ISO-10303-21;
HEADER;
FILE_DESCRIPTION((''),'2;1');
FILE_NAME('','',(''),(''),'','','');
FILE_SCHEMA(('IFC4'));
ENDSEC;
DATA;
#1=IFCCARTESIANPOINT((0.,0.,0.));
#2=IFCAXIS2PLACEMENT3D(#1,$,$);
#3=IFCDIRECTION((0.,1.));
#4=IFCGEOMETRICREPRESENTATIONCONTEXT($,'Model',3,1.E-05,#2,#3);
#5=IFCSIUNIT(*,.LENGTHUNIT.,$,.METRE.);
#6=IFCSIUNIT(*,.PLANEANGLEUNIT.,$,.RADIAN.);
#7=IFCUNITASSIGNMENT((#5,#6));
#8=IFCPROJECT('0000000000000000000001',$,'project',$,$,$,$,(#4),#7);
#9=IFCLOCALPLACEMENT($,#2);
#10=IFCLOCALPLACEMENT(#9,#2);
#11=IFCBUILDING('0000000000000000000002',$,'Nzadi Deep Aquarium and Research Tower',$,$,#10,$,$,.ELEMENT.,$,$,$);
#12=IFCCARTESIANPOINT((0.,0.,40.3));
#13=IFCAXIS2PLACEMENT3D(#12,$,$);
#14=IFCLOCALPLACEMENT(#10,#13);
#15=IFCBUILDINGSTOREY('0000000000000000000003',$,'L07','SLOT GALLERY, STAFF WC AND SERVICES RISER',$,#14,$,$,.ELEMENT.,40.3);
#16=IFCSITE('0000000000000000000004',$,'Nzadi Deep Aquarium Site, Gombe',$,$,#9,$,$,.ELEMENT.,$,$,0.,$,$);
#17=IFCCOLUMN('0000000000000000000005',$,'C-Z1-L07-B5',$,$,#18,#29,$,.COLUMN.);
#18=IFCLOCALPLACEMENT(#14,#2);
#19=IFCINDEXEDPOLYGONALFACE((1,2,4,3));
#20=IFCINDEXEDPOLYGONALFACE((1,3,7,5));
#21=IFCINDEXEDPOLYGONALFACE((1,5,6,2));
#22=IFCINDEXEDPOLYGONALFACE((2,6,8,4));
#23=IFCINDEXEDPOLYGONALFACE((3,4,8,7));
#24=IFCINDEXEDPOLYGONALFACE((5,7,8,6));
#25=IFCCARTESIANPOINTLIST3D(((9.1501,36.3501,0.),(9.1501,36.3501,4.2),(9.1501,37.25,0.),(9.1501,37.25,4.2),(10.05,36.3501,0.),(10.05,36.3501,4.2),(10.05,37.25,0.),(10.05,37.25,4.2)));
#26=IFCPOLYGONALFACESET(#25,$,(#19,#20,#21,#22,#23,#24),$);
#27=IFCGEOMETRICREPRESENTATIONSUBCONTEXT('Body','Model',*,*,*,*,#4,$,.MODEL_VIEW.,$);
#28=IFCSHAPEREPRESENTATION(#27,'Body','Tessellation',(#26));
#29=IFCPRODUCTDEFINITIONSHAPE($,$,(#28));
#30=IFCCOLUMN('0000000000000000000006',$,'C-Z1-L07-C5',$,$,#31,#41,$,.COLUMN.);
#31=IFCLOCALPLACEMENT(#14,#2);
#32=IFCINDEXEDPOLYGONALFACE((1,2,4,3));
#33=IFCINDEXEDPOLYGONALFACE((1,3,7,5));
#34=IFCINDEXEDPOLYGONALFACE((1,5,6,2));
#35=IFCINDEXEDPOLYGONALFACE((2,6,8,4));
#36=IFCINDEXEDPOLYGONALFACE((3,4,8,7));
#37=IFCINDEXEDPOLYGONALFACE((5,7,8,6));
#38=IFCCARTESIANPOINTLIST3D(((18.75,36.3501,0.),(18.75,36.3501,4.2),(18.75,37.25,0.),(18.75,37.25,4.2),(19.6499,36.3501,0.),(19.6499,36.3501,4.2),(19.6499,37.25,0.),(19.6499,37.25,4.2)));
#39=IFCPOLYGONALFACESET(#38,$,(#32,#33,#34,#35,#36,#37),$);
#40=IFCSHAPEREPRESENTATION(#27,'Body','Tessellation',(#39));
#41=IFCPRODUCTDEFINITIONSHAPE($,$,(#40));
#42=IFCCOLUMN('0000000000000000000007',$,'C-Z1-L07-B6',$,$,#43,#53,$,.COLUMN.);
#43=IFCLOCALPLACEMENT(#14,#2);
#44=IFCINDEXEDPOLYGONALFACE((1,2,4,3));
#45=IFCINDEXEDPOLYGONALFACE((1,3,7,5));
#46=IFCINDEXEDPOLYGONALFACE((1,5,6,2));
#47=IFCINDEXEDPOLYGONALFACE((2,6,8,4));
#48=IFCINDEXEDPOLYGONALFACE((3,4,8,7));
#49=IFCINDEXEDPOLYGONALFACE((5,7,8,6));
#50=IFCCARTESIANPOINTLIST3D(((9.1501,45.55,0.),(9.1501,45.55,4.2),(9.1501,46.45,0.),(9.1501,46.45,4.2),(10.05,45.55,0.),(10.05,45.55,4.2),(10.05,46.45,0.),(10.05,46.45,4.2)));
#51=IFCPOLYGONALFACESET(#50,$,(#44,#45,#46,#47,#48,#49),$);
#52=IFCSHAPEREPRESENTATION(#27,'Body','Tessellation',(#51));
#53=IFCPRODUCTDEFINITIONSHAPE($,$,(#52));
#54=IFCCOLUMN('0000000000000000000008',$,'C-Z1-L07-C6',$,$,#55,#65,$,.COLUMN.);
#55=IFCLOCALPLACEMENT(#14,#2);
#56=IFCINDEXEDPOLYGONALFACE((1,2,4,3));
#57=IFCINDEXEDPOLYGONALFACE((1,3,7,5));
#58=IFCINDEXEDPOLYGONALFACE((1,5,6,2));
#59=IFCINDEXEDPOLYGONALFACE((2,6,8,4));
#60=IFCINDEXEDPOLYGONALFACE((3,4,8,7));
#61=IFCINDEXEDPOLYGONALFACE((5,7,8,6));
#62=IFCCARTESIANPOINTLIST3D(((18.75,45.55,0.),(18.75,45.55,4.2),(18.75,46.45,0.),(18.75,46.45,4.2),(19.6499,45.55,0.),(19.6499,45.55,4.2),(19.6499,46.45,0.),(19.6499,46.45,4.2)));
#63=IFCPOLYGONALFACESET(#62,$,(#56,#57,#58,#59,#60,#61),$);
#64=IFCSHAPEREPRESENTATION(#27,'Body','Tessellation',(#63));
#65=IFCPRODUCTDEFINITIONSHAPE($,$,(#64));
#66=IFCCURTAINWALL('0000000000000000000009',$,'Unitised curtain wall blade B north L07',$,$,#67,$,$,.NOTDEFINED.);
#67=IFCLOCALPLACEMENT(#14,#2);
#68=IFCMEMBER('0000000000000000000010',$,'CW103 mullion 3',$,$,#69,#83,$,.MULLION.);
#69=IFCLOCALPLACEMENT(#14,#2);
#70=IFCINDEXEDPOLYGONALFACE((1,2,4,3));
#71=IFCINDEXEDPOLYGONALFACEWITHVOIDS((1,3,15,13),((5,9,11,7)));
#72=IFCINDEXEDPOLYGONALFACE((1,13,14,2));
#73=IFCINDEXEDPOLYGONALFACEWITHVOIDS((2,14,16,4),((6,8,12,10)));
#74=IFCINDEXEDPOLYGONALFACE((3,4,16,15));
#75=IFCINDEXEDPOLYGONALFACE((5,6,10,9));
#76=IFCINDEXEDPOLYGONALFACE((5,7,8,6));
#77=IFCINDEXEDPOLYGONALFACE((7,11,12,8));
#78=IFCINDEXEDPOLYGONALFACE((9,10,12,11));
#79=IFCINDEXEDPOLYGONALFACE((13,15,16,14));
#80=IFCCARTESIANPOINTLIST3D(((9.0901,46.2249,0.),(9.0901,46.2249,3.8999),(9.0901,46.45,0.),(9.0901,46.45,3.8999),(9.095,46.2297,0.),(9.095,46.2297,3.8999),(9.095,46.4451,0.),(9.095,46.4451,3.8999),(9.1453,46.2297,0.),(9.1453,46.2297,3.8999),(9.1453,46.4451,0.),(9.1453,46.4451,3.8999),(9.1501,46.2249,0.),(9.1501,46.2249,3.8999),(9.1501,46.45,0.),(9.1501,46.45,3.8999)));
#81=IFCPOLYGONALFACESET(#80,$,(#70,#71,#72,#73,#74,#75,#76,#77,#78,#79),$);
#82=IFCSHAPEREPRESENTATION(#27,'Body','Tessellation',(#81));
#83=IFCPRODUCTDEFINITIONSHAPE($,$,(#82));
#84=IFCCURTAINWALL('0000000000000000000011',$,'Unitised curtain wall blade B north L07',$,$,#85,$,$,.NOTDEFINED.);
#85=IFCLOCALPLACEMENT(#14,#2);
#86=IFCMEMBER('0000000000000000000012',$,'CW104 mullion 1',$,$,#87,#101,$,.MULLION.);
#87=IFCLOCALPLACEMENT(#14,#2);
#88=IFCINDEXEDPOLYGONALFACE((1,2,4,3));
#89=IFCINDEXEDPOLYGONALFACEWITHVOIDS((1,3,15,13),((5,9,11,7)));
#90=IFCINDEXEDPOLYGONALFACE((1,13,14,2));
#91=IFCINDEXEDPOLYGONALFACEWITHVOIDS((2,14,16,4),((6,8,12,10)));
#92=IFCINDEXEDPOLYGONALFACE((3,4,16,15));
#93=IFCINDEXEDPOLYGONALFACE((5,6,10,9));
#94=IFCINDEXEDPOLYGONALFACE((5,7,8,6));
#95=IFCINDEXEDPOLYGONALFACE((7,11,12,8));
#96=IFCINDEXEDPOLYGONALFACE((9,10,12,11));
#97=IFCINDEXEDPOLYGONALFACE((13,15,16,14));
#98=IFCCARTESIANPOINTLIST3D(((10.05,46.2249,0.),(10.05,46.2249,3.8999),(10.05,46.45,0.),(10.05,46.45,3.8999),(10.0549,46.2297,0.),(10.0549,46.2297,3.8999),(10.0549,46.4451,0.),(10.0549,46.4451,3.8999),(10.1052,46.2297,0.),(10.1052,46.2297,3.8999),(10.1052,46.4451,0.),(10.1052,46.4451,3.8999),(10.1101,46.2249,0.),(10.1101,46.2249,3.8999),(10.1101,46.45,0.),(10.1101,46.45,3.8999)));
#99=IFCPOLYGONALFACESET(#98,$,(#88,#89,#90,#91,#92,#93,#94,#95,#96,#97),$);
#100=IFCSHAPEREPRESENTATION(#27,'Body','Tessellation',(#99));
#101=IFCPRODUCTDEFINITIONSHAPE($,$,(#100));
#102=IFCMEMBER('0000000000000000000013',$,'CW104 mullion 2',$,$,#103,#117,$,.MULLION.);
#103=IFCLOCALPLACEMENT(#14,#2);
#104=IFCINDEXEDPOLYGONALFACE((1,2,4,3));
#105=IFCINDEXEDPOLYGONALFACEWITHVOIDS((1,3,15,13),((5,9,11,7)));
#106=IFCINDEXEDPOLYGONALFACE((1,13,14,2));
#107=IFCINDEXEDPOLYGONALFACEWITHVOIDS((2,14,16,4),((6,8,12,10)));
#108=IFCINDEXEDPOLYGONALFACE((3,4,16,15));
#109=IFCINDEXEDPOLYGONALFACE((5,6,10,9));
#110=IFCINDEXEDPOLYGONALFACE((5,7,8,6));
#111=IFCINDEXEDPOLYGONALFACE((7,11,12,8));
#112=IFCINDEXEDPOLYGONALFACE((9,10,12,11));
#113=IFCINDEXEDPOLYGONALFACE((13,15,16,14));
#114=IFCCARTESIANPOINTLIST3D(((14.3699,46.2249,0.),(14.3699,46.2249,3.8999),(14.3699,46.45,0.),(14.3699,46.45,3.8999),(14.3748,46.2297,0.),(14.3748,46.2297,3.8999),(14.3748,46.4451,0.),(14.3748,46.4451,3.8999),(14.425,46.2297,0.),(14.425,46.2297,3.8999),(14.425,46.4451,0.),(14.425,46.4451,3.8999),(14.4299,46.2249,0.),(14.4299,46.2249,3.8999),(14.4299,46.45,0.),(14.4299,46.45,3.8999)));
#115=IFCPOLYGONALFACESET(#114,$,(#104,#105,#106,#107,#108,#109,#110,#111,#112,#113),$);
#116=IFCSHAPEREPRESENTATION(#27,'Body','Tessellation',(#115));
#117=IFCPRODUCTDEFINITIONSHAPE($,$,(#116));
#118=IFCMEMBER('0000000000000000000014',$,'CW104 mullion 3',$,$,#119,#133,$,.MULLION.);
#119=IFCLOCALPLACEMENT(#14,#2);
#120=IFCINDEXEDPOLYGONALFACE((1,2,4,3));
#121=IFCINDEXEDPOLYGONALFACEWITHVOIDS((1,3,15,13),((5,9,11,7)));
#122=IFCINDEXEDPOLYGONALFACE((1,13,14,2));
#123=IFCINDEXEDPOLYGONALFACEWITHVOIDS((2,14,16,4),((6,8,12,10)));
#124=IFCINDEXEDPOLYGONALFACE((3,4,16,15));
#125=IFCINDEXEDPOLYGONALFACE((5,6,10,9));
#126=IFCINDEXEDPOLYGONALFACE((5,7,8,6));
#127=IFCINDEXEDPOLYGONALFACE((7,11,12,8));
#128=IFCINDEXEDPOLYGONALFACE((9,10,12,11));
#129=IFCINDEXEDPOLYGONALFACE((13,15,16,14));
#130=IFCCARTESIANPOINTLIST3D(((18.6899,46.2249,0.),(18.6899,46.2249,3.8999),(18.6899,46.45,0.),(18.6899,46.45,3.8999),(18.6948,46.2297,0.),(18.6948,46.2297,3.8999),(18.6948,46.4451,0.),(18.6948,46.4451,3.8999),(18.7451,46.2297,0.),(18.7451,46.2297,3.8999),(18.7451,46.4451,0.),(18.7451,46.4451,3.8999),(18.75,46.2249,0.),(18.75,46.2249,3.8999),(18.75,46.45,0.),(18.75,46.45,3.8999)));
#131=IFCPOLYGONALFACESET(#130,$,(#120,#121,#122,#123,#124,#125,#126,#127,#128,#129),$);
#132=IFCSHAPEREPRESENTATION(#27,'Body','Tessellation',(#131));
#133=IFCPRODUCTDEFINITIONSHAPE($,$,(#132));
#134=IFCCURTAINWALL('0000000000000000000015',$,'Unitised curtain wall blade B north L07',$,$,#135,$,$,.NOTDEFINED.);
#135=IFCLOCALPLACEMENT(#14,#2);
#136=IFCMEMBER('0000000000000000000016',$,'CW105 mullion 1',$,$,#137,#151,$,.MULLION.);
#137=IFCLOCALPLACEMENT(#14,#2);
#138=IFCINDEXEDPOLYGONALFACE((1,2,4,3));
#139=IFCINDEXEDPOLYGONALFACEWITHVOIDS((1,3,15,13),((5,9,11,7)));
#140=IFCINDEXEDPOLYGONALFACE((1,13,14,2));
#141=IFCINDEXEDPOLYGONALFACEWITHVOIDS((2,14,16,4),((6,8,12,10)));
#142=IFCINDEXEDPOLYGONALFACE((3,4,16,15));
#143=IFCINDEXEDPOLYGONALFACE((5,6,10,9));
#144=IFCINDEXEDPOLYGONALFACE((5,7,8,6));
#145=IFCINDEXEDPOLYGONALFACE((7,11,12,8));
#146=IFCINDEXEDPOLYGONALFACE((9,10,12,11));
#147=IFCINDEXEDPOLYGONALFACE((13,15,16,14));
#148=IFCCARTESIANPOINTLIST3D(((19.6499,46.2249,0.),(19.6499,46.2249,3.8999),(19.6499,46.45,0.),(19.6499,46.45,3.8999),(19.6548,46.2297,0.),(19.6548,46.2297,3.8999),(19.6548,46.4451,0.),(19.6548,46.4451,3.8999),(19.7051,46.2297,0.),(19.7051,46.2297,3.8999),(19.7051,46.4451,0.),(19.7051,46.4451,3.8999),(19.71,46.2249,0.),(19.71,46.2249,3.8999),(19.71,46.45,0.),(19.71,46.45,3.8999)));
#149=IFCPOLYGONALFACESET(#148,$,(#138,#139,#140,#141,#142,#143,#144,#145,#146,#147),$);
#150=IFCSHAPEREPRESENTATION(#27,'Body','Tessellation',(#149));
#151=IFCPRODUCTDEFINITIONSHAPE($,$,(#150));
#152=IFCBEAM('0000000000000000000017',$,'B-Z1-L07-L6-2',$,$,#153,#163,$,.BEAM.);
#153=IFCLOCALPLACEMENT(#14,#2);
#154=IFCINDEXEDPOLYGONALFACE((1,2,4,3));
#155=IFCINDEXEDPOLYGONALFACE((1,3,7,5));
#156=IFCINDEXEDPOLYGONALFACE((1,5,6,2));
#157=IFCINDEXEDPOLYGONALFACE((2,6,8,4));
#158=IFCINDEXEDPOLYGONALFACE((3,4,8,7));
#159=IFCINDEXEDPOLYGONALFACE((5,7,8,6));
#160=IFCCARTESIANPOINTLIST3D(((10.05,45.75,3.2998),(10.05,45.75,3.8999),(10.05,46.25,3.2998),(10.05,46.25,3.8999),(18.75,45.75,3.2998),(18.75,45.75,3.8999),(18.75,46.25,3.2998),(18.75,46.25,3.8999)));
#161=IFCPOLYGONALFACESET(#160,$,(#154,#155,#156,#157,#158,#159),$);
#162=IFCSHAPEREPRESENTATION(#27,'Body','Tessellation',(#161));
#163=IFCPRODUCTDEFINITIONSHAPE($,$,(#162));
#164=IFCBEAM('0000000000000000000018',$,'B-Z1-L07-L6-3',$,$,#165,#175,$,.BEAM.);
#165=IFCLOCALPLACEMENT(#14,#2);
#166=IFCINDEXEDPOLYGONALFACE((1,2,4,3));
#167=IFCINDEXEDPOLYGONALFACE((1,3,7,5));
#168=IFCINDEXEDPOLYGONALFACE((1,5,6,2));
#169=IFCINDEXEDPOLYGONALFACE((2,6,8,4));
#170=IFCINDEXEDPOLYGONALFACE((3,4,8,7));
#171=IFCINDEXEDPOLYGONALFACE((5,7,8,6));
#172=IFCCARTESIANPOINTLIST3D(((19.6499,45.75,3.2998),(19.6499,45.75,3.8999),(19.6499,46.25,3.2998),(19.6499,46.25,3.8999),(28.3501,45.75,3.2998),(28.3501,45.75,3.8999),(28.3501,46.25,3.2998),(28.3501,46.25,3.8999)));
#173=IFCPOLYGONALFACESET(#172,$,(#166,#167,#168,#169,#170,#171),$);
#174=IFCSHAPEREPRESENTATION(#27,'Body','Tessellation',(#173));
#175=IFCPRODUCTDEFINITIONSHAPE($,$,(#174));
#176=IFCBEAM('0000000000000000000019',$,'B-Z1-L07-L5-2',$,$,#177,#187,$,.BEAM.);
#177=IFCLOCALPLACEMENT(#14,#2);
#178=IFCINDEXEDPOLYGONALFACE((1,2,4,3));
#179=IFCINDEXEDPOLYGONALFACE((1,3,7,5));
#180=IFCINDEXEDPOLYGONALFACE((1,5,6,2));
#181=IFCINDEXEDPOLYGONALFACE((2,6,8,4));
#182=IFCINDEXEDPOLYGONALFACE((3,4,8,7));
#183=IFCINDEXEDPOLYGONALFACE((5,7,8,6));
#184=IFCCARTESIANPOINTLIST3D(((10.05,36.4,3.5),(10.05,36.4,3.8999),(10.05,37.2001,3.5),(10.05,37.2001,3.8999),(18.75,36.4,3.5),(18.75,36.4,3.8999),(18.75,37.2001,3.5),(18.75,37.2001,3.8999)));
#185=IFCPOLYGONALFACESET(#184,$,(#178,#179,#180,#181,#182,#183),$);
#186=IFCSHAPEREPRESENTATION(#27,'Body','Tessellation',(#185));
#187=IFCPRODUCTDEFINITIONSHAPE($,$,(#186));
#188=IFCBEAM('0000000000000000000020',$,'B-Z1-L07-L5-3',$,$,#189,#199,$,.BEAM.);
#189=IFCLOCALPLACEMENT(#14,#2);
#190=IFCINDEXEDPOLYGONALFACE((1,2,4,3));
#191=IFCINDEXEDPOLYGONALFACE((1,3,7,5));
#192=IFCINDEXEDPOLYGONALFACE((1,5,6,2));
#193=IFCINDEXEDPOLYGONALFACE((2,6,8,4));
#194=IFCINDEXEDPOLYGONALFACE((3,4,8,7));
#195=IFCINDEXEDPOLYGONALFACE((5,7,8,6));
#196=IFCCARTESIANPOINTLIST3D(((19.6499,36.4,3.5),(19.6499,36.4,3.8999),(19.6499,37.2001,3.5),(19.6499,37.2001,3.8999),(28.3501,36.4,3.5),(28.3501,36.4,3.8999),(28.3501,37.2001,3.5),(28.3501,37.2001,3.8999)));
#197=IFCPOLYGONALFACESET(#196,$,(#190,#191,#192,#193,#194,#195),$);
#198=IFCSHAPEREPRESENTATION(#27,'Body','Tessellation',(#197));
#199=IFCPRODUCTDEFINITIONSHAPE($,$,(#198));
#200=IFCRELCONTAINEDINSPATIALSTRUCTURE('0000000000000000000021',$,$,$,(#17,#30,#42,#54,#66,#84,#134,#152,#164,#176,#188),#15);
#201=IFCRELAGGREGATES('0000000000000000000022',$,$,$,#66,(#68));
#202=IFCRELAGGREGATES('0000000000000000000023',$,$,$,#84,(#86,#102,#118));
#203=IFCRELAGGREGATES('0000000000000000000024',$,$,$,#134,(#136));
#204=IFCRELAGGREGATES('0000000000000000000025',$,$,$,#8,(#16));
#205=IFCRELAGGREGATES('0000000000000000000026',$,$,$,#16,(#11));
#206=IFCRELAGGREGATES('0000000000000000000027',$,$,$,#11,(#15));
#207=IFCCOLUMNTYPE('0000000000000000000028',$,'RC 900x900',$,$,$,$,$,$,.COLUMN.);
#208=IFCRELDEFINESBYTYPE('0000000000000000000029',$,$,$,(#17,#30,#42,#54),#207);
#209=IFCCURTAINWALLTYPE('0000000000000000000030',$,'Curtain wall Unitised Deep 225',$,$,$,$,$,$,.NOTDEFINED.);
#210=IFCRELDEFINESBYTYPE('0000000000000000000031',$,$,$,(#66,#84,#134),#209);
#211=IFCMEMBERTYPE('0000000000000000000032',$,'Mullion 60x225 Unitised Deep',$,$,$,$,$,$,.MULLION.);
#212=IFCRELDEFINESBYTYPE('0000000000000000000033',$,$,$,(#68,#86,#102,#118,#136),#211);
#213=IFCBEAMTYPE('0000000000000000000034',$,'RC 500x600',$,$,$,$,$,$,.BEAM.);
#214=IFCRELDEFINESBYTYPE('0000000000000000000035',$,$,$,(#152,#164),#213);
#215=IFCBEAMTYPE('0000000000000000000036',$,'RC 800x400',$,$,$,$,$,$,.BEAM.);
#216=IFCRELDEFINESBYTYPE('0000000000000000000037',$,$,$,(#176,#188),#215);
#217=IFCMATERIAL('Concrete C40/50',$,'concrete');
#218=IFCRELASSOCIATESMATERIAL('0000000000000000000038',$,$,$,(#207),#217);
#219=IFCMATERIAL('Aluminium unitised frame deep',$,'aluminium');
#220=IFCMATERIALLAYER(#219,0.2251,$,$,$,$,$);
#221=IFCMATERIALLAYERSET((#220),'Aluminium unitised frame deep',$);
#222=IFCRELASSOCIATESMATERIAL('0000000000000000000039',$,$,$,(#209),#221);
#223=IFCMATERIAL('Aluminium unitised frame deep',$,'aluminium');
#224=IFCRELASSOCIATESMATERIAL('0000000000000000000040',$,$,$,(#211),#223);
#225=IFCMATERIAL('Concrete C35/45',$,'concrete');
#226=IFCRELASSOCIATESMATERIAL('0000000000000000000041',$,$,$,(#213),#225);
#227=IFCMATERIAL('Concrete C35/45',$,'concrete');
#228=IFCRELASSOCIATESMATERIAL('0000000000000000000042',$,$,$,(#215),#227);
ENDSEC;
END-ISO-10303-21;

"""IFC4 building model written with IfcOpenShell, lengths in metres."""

from ifc_helpers import new_model, si_unit, direction, frame, origin, origin_2d, place, context, subcontext, project, spatial, rectangle, hollow_rectangle, extrude, material, layer, layer_set, material_profile, profile_set, type_object, element, aggregate, save


model = new_model("IFC4")

# Units and contexts
model_context = context("Model", 3, precision=1e-05, world=origin(), true_north=direction((0.0, 1.0)))
body_context = subcontext(model_context, "Body", "Model", "MODEL_VIEW")
ifc_project = project(units=[si_unit("LENGTHUNIT", "METRE"), si_unit("PLANEANGLEUNIT", "RADIAN")], contexts=[model_context])

# Site, building, storey
site_placement = place(None, origin())
site = spatial("IfcSite", under=ifc_project, at=site_placement, Name="Nzadi Deep Aquarium Site, Gombe", CompositionType="ELEMENT", RefElevation=0.0)
building_placement = place(site_placement, origin())
building = spatial("IfcBuilding", under=site, at=building_placement, Name="Nzadi Deep Aquarium and Research Tower", CompositionType="ELEMENT")
storey_placement = place(building_placement, frame((0.0, 0.0, 40.3)))
storey = spatial("IfcBuildingStorey", under=building, at=storey_placement, Name="L07", Description="SLOT GALLERY, STAFF WC AND SERVICES RISER", CompositionType="ELEMENT", Elevation=40.3)

# Columns
ifc_material_1 = material(Name="Concrete C40/50", Category="concrete")
ifc_material_profile_1 = material_profile(ifc_material_1, rectangle(XDim=0.8999, YDim=0.8999, at=origin_2d()))
ifc_profile_set_1 = profile_set([ifc_material_profile_1], Name="Concrete C40/50")
column_type = type_object("IfcColumnType", Name="RC 900x900", PredefinedType="COLUMN", material=ifc_profile_set_1)
for number, where, z_axis, x_axis, name in (
    (1, (9.6001, 36.8, 0.0), (0.0, 0.0, 1.0), (1.0, 0.0, 0.0), "C-Z1-L07-B5"),
    (2, (19.2, 36.8, 0.0), (0.0, 0.0, 1.0), (1.0, 0.0, 0.0), "C-Z1-L07-C5"),
    (3, (9.6001, 46.0, 0.0), (0.0, 0.0, 1.0), (1.0, 0.0, 0.0), "C-Z1-L07-B6"),
    (4, (19.2, 46.0, 0.0), (0.0, 0.0, 1.0), (1.0, 0.0, 0.0), "C-Z1-L07-C6"),
):
    element("IfcColumn", number, at=place(storey_placement, frame(where, z_axis=z_axis, x_axis=x_axis)), inside=storey, type_object=column_type, Name=name, PredefinedType="COLUMN", context=body_context, shape_type="SweptSolid", body=[
        extrude(rectangle(XDim=0.8999, YDim=0.8999, at=origin_2d()), origin(), (0.0, 0.0, 1.0), 4.2),
    ])

# Curtain wall, member
ifc_material_2 = material(Name="Aluminium unitised frame deep", Category="aluminium")
ifc_layer_1 = layer(ifc_material_2, 0.2251)
ifc_layer_set_1 = layer_set([ifc_layer_1], Name="Aluminium unitised frame deep")
curtain_wall_type = type_object("IfcCurtainWallType", Name="Curtain wall Unitised Deep 225", PredefinedType="NOTDEFINED", material=ifc_layer_set_1)
curtain_wall_1_placement = place(storey_placement, origin())
curtain_wall_1 = element("IfcCurtainWall", 5, at=curtain_wall_1_placement, inside=storey, type_object=curtain_wall_type, Name="Unitised curtain wall blade B north L07", PredefinedType="NOTDEFINED")
ifc_material_3 = material(Name="Aluminium unitised frame deep", Category="aluminium")
ifc_material_profile_2 = material_profile(ifc_material_3, hollow_rectangle(XDim=0.2251, YDim=0.0601, WallThickness=0.0049, at=origin_2d()))
ifc_profile_set_2 = profile_set([ifc_material_profile_2], Name="Aluminium unitised frame deep")
member_type_1 = type_object("IfcMemberType", Name="Mullion 60x225 Unitised Deep", PredefinedType="MULLION", material=ifc_profile_set_2)
member_1_placement = place(storey_placement, frame((9.1201, 46.3374, 0.0), z_axis=(0.0, 0.0, 1.0), x_axis=(0.0, 1.0, 0.0)))
member_1 = element("IfcMember", 6, at=member_1_placement, type_object=member_type_1, Name="CW103 mullion 3", PredefinedType="MULLION", context=body_context, shape_type="SweptSolid", body=[
    extrude(hollow_rectangle(XDim=0.2251, YDim=0.0601, WallThickness=0.0049, at=origin_2d()), origin(), (0.0, 0.0, 1.0), 3.8999),
])
aggregate(curtain_wall_1, [member_1])

# Curtain wall, members
curtain_wall_2_placement = place(storey_placement, origin())
curtain_wall_2 = element("IfcCurtainWall", 7, at=curtain_wall_2_placement, inside=storey, type_object=curtain_wall_type, Name="Unitised curtain wall blade B north L07", PredefinedType="NOTDEFINED")
member_2_placement = place(storey_placement, frame((10.0801, 46.3374, 0.0), z_axis=(0.0, 0.0, 1.0), x_axis=(0.0, 1.0, 0.0)))
member_2 = element("IfcMember", 8, at=member_2_placement, type_object=member_type_1, Name="CW104 mullion 1", PredefinedType="MULLION", context=body_context, shape_type="SweptSolid", body=[
    extrude(hollow_rectangle(XDim=0.2251, YDim=0.0601, WallThickness=0.0049, at=origin_2d()), origin(), (0.0, 0.0, 1.0), 3.8999),
])
member_3_placement = place(storey_placement, frame((14.3999, 46.3374, 0.0), z_axis=(0.0, 0.0, 1.0), x_axis=(0.0, 1.0, 0.0)))
member_3 = element("IfcMember", 9, at=member_3_placement, type_object=member_type_1, Name="CW104 mullion 2", PredefinedType="MULLION", context=body_context, shape_type="SweptSolid", body=[
    extrude(hollow_rectangle(XDim=0.2251, YDim=0.0601, WallThickness=0.0049, at=origin_2d()), origin(), (0.0, 0.0, 1.0), 3.8999),
])
member_4_placement = place(storey_placement, frame((18.72, 46.3374, 0.0), z_axis=(0.0, 0.0, 1.0), x_axis=(0.0, 1.0, 0.0)))
member_4 = element("IfcMember", 10, at=member_4_placement, type_object=member_type_1, Name="CW104 mullion 3", PredefinedType="MULLION", context=body_context, shape_type="SweptSolid", body=[
    extrude(hollow_rectangle(XDim=0.2251, YDim=0.0601, WallThickness=0.0049, at=origin_2d()), origin(), (0.0, 0.0, 1.0), 3.8999),
])

# Curtain wall, member
curtain_wall_3_placement = place(storey_placement, origin())
curtain_wall_3 = element("IfcCurtainWall", 11, at=curtain_wall_3_placement, inside=storey, type_object=curtain_wall_type, Name="Unitised curtain wall blade B north L07", PredefinedType="NOTDEFINED")
member_5_placement = place(storey_placement, frame((19.6799, 46.3374, 0.0), z_axis=(0.0, 0.0, 1.0), x_axis=(0.0, 1.0, 0.0)))
member_5 = element("IfcMember", 12, at=member_5_placement, type_object=member_type_1, Name="CW105 mullion 1", PredefinedType="MULLION", context=body_context, shape_type="SweptSolid", body=[
    extrude(hollow_rectangle(XDim=0.2251, YDim=0.0601, WallThickness=0.0049, at=origin_2d()), origin(), (0.0, 0.0, 1.0), 3.8999),
])

# Beams
ifc_material_4 = material(Name="Concrete C35/45", Category="concrete")
ifc_material_profile_3 = material_profile(ifc_material_4, rectangle(XDim=0.5, YDim=0.6001, at=origin_2d()))
ifc_profile_set_3 = profile_set([ifc_material_profile_3], Name="Concrete C35/45")
beam_type_1 = type_object("IfcBeamType", Name="RC 500x600", PredefinedType="BEAM", material=ifc_profile_set_3)
beam_1_placement = place(storey_placement, frame((10.05, 46.0, 3.5999), z_axis=(1.0, 0.0, 0.0), x_axis=(0.0, 1.0, 0.0)))
element("IfcBeam", 13, at=beam_1_placement, inside=storey, type_object=beam_type_1, Name="B-Z1-L07-L6-2", PredefinedType="BEAM", context=body_context, shape_type="SweptSolid", body=[
    extrude(rectangle(XDim=0.5, YDim=0.6001, at=origin_2d()), origin(), (0.0, 0.0, 1.0), 8.7),
])
beam_2_placement = place(storey_placement, frame((19.6499, 46.0, 3.5999), z_axis=(1.0, 0.0, 0.0), x_axis=(0.0, 1.0, 0.0)))
element("IfcBeam", 14, at=beam_2_placement, inside=storey, type_object=beam_type_1, Name="B-Z1-L07-L6-3", PredefinedType="BEAM", context=body_context, shape_type="SweptSolid", body=[
    extrude(rectangle(XDim=0.5, YDim=0.6001, at=origin_2d()), origin(), (0.0, 0.0, 1.0), 8.7002),
])
ifc_material_5 = material(Name="Concrete C35/45", Category="concrete")
ifc_material_profile_4 = material_profile(ifc_material_5, rectangle(XDim=0.8, YDim=0.3999, at=origin_2d()))
ifc_profile_set_4 = profile_set([ifc_material_profile_4], Name="Concrete C35/45")
beam_type_2 = type_object("IfcBeamType", Name="RC 800x400", PredefinedType="BEAM", material=ifc_profile_set_4)
beam_3_placement = place(storey_placement, frame((10.05, 36.8, 3.7), z_axis=(1.0, 0.0, 0.0), x_axis=(0.0, 1.0, 0.0)))
element("IfcBeam", 15, at=beam_3_placement, inside=storey, type_object=beam_type_2, Name="B-Z1-L07-L5-2", PredefinedType="BEAM", context=body_context, shape_type="SweptSolid", body=[
    extrude(rectangle(XDim=0.8, YDim=0.3999, at=origin_2d()), origin(), (0.0, 0.0, 1.0), 8.7),
])
beam_4_placement = place(storey_placement, frame((19.6499, 36.8, 3.7), z_axis=(1.0, 0.0, 0.0), x_axis=(0.0, 1.0, 0.0)))
element("IfcBeam", 16, at=beam_4_placement, inside=storey, type_object=beam_type_2, Name="B-Z1-L07-L5-3", PredefinedType="BEAM", context=body_context, shape_type="SweptSolid", body=[
    extrude(rectangle(XDim=0.8, YDim=0.3999, at=origin_2d()), origin(), (0.0, 0.0, 1.0), 8.7002),
])

aggregate(curtain_wall_2, [member_2, member_3, member_4])
aggregate(curtain_wall_3, [member_5])

save(model, "model.ifc")
